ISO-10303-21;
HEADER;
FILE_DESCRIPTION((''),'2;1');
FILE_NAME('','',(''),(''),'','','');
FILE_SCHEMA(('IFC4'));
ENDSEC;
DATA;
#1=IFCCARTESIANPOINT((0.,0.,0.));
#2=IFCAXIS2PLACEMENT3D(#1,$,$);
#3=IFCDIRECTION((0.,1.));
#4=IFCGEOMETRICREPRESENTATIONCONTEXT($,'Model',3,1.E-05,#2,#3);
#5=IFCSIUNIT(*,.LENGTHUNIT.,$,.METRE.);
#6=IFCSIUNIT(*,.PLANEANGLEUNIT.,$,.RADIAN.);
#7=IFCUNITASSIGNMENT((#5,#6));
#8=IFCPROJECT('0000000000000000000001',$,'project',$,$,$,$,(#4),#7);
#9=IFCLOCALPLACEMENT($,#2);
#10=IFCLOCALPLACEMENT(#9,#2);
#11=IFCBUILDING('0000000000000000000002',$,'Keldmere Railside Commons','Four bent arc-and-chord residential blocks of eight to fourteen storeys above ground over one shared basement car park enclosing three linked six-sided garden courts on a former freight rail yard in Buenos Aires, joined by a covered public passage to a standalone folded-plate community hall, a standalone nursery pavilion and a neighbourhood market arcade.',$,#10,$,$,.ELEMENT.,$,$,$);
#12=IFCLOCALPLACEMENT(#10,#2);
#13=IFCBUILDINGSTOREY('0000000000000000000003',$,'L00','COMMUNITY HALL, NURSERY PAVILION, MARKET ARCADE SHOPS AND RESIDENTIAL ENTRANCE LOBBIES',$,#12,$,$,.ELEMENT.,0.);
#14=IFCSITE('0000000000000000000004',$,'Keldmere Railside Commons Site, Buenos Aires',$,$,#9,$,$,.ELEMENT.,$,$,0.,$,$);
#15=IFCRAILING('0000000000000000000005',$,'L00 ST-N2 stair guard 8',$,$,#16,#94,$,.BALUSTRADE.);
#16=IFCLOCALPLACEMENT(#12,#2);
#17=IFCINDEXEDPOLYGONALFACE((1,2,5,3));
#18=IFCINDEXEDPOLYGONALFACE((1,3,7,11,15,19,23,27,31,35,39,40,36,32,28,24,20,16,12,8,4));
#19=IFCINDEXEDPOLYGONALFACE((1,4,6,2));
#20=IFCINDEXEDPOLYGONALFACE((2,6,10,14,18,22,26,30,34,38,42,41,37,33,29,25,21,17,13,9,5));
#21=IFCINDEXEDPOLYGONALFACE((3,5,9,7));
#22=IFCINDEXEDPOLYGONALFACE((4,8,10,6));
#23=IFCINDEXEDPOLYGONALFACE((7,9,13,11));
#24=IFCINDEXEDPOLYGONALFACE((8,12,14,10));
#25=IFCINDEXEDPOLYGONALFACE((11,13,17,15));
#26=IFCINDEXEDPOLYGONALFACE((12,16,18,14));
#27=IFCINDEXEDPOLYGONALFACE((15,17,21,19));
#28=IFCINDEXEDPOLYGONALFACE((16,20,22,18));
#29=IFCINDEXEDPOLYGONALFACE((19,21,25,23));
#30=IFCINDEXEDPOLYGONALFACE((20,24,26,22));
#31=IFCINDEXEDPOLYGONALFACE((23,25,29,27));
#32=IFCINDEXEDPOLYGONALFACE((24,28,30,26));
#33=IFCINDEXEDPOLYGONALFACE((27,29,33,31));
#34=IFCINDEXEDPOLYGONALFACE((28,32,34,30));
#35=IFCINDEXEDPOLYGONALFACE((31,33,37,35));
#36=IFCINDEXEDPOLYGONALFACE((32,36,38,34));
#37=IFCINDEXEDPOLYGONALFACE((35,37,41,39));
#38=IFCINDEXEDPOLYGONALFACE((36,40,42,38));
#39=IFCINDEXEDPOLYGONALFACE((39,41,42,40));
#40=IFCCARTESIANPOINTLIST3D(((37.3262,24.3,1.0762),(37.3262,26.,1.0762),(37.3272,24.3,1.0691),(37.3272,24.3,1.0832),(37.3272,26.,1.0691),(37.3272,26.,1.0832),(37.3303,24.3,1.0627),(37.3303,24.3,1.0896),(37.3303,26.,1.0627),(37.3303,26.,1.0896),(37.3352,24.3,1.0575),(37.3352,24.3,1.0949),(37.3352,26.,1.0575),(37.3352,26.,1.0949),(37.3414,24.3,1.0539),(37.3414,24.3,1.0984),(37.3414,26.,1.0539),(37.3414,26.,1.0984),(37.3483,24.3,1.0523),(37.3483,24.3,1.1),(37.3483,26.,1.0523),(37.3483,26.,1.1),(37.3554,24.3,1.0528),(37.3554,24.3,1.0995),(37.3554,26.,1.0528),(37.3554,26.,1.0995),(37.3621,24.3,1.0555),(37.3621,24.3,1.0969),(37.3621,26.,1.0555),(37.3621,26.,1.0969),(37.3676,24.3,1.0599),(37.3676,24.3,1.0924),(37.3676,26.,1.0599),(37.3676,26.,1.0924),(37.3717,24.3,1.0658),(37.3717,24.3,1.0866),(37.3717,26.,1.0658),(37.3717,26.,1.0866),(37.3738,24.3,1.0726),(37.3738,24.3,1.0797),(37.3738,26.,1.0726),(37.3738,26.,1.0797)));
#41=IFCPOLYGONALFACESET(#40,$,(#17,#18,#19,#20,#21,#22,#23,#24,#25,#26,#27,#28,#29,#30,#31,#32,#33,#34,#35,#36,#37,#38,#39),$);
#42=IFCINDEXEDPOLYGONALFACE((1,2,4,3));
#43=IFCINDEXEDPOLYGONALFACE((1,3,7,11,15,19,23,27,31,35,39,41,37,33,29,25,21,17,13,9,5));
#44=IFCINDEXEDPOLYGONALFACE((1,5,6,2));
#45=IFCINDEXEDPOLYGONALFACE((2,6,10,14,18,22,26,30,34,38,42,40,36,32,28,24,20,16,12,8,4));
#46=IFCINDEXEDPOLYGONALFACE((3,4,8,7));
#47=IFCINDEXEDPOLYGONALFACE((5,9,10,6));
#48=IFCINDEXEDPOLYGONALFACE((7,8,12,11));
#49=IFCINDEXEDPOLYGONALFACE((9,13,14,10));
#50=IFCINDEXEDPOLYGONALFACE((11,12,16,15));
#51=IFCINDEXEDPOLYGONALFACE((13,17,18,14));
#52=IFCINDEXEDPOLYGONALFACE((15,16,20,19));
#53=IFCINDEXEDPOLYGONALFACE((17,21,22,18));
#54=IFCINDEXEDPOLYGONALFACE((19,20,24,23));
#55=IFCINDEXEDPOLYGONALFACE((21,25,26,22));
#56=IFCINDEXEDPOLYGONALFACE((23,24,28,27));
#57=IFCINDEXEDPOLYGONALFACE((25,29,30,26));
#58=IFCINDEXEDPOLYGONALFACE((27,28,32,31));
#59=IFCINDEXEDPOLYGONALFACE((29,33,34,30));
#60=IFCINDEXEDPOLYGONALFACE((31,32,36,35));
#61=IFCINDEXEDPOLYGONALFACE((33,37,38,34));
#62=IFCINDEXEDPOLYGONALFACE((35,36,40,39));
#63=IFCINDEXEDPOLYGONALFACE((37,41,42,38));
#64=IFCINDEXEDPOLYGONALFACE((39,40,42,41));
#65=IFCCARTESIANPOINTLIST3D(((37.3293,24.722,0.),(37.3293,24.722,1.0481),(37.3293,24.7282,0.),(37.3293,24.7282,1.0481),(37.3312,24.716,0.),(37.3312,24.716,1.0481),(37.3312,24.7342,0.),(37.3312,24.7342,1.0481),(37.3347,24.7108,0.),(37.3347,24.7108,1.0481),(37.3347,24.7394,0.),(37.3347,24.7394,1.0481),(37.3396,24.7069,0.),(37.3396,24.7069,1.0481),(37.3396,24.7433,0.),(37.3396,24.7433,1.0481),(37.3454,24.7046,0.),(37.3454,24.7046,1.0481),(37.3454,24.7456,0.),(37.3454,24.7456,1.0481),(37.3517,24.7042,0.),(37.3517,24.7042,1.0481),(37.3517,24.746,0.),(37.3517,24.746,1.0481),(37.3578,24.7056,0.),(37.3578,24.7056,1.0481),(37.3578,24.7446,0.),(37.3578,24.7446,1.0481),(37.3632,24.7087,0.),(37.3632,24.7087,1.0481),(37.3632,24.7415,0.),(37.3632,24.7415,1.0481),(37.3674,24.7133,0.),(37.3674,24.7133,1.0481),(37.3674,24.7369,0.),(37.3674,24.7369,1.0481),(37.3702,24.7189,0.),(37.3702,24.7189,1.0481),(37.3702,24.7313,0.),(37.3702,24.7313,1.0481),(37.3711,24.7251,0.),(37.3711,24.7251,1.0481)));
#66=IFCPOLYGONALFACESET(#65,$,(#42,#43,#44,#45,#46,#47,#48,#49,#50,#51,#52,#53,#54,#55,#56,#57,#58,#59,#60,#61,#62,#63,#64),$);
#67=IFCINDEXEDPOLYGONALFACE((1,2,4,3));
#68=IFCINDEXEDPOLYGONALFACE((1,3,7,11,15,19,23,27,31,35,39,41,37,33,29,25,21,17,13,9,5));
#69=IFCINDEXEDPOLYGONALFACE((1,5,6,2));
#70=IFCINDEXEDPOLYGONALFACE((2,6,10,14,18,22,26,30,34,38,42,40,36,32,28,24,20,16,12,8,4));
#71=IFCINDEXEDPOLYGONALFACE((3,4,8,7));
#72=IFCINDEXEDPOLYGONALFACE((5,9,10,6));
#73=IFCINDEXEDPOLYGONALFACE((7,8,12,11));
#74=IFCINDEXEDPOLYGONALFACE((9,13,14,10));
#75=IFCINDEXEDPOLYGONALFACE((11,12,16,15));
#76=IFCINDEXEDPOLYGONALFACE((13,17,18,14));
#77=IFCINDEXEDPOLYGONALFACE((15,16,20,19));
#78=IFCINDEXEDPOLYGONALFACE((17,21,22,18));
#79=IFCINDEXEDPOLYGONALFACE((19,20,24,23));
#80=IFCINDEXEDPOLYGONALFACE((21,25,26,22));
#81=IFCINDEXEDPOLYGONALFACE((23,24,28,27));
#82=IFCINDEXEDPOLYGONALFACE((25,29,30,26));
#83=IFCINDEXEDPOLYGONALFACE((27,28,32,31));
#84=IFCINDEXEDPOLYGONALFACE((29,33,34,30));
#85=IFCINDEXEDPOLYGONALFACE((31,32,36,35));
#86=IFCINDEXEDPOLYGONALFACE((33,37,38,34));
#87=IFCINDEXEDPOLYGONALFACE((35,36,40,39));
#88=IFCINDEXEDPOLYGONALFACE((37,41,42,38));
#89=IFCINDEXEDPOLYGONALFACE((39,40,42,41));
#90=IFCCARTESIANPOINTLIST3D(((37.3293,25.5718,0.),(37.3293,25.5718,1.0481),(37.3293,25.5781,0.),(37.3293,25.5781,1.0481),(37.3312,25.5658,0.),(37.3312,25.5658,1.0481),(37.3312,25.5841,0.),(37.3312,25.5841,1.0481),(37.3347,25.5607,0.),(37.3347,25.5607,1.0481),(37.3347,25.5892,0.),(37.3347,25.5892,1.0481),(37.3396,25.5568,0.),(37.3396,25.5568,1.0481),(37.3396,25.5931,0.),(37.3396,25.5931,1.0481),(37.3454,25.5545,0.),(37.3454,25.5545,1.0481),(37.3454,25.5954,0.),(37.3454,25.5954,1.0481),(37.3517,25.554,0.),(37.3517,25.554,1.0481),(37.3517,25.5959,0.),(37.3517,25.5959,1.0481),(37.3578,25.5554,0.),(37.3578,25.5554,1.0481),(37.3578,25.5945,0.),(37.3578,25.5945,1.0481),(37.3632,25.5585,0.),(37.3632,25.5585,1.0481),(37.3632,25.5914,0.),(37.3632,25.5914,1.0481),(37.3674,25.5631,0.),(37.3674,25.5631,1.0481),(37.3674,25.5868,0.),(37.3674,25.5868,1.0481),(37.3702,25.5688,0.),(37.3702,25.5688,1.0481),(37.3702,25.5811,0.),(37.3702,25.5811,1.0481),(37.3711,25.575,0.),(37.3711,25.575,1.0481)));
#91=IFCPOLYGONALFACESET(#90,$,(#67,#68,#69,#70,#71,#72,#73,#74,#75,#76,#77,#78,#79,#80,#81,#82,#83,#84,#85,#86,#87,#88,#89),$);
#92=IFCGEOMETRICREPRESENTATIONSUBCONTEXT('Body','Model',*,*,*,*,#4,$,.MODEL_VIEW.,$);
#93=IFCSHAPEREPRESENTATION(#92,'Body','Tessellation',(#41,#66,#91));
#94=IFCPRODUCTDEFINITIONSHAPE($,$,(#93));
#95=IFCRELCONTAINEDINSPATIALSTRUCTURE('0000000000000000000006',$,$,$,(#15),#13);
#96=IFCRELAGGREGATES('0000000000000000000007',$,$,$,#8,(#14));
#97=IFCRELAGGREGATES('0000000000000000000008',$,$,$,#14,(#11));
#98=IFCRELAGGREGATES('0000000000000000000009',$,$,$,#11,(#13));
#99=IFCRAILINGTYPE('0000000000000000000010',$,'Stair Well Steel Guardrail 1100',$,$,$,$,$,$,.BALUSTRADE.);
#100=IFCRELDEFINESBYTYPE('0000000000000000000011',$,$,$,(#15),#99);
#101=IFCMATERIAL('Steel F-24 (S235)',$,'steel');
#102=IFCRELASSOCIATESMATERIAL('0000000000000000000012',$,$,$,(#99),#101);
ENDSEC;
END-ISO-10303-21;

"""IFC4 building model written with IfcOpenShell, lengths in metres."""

from ifc_helpers import new_model, si_unit, direction, frame, origin, origin_2d, place, context, subcontext, project, spatial, circle, extrude, material, type_object, element, save


model = new_model("IFC4")

# Units and contexts
model_context = context("Model", 3, precision=1e-05, world=origin(), true_north=direction((0.0, 1.0)))
body_context = subcontext(model_context, "Body", "Model", "MODEL_VIEW")
ifc_project = project(units=[si_unit("LENGTHUNIT", "METRE"), si_unit("PLANEANGLEUNIT", "RADIAN")], contexts=[model_context])

# Site, building, storey
site_placement = place(None, origin())
site = spatial("IfcSite", under=ifc_project, at=site_placement, Name="Keldmere Railside Commons Site, Buenos Aires", CompositionType="ELEMENT", RefElevation=0.0)
building_placement = place(site_placement, origin())
building = spatial("IfcBuilding", under=site, at=building_placement, Name="Keldmere Railside Commons", Description="Four bent arc-and-chord residential blocks of eight to fourteen storeys above ground over one shared basement car park enclosing three linked six-sided garden courts on a former freight rail yard in Buenos Aires, joined by a covered public passage to a standalone folded-plate community hall, a standalone nursery pavilion and a neighbourhood market arcade.", CompositionType="ELEMENT")
storey_placement = place(building_placement, origin())
storey = spatial("IfcBuildingStorey", under=building, at=storey_placement, Name="L00", Description="COMMUNITY HALL, NURSERY PAVILION, MARKET ARCADE SHOPS AND RESIDENTIAL ENTRANCE LOBBIES", CompositionType="ELEMENT", Elevation=0.0)

# Shared definitions
ifc_material_1 = material(Name="Steel F-24 (S235)", Category="steel")

# Railing
railing_type_1 = type_object("IfcRailingType", Name="Stair Well Steel Guardrail 1100", PredefinedType="BALUSTRADE", material=ifc_material_1)
railing_1_placement = place(storey_placement, frame((37.3501, 24.3, 0.0)))
element("IfcRailing", 1, at=railing_1_placement, inside=storey, type_object=railing_type_1, Name="L00 ST-N2 stair guard 8", PredefinedType="BALUSTRADE", context=body_context, shape_type="SweptSolid", body=[
    extrude(circle(Radius=0.0239, at=origin_2d()), frame((0.0, 0.0, 1.0762), z_axis=(0.0, 1.0, 0.0), x_axis=(-1.0, 0.0, 0.0)), (0.0, 0.0, 1.0), 1.7),
    extrude(circle(Radius=0.021, at=origin_2d()), frame((0.0, 0.425, 0.0)), (0.0, 0.0, 1.0), 1.0481),
    extrude(circle(Radius=0.021, at=origin_2d()), frame((0.0, 1.2749, 0.0)), (0.0, 0.0, 1.0), 1.0481),
])

save(model, "model.ifc")
